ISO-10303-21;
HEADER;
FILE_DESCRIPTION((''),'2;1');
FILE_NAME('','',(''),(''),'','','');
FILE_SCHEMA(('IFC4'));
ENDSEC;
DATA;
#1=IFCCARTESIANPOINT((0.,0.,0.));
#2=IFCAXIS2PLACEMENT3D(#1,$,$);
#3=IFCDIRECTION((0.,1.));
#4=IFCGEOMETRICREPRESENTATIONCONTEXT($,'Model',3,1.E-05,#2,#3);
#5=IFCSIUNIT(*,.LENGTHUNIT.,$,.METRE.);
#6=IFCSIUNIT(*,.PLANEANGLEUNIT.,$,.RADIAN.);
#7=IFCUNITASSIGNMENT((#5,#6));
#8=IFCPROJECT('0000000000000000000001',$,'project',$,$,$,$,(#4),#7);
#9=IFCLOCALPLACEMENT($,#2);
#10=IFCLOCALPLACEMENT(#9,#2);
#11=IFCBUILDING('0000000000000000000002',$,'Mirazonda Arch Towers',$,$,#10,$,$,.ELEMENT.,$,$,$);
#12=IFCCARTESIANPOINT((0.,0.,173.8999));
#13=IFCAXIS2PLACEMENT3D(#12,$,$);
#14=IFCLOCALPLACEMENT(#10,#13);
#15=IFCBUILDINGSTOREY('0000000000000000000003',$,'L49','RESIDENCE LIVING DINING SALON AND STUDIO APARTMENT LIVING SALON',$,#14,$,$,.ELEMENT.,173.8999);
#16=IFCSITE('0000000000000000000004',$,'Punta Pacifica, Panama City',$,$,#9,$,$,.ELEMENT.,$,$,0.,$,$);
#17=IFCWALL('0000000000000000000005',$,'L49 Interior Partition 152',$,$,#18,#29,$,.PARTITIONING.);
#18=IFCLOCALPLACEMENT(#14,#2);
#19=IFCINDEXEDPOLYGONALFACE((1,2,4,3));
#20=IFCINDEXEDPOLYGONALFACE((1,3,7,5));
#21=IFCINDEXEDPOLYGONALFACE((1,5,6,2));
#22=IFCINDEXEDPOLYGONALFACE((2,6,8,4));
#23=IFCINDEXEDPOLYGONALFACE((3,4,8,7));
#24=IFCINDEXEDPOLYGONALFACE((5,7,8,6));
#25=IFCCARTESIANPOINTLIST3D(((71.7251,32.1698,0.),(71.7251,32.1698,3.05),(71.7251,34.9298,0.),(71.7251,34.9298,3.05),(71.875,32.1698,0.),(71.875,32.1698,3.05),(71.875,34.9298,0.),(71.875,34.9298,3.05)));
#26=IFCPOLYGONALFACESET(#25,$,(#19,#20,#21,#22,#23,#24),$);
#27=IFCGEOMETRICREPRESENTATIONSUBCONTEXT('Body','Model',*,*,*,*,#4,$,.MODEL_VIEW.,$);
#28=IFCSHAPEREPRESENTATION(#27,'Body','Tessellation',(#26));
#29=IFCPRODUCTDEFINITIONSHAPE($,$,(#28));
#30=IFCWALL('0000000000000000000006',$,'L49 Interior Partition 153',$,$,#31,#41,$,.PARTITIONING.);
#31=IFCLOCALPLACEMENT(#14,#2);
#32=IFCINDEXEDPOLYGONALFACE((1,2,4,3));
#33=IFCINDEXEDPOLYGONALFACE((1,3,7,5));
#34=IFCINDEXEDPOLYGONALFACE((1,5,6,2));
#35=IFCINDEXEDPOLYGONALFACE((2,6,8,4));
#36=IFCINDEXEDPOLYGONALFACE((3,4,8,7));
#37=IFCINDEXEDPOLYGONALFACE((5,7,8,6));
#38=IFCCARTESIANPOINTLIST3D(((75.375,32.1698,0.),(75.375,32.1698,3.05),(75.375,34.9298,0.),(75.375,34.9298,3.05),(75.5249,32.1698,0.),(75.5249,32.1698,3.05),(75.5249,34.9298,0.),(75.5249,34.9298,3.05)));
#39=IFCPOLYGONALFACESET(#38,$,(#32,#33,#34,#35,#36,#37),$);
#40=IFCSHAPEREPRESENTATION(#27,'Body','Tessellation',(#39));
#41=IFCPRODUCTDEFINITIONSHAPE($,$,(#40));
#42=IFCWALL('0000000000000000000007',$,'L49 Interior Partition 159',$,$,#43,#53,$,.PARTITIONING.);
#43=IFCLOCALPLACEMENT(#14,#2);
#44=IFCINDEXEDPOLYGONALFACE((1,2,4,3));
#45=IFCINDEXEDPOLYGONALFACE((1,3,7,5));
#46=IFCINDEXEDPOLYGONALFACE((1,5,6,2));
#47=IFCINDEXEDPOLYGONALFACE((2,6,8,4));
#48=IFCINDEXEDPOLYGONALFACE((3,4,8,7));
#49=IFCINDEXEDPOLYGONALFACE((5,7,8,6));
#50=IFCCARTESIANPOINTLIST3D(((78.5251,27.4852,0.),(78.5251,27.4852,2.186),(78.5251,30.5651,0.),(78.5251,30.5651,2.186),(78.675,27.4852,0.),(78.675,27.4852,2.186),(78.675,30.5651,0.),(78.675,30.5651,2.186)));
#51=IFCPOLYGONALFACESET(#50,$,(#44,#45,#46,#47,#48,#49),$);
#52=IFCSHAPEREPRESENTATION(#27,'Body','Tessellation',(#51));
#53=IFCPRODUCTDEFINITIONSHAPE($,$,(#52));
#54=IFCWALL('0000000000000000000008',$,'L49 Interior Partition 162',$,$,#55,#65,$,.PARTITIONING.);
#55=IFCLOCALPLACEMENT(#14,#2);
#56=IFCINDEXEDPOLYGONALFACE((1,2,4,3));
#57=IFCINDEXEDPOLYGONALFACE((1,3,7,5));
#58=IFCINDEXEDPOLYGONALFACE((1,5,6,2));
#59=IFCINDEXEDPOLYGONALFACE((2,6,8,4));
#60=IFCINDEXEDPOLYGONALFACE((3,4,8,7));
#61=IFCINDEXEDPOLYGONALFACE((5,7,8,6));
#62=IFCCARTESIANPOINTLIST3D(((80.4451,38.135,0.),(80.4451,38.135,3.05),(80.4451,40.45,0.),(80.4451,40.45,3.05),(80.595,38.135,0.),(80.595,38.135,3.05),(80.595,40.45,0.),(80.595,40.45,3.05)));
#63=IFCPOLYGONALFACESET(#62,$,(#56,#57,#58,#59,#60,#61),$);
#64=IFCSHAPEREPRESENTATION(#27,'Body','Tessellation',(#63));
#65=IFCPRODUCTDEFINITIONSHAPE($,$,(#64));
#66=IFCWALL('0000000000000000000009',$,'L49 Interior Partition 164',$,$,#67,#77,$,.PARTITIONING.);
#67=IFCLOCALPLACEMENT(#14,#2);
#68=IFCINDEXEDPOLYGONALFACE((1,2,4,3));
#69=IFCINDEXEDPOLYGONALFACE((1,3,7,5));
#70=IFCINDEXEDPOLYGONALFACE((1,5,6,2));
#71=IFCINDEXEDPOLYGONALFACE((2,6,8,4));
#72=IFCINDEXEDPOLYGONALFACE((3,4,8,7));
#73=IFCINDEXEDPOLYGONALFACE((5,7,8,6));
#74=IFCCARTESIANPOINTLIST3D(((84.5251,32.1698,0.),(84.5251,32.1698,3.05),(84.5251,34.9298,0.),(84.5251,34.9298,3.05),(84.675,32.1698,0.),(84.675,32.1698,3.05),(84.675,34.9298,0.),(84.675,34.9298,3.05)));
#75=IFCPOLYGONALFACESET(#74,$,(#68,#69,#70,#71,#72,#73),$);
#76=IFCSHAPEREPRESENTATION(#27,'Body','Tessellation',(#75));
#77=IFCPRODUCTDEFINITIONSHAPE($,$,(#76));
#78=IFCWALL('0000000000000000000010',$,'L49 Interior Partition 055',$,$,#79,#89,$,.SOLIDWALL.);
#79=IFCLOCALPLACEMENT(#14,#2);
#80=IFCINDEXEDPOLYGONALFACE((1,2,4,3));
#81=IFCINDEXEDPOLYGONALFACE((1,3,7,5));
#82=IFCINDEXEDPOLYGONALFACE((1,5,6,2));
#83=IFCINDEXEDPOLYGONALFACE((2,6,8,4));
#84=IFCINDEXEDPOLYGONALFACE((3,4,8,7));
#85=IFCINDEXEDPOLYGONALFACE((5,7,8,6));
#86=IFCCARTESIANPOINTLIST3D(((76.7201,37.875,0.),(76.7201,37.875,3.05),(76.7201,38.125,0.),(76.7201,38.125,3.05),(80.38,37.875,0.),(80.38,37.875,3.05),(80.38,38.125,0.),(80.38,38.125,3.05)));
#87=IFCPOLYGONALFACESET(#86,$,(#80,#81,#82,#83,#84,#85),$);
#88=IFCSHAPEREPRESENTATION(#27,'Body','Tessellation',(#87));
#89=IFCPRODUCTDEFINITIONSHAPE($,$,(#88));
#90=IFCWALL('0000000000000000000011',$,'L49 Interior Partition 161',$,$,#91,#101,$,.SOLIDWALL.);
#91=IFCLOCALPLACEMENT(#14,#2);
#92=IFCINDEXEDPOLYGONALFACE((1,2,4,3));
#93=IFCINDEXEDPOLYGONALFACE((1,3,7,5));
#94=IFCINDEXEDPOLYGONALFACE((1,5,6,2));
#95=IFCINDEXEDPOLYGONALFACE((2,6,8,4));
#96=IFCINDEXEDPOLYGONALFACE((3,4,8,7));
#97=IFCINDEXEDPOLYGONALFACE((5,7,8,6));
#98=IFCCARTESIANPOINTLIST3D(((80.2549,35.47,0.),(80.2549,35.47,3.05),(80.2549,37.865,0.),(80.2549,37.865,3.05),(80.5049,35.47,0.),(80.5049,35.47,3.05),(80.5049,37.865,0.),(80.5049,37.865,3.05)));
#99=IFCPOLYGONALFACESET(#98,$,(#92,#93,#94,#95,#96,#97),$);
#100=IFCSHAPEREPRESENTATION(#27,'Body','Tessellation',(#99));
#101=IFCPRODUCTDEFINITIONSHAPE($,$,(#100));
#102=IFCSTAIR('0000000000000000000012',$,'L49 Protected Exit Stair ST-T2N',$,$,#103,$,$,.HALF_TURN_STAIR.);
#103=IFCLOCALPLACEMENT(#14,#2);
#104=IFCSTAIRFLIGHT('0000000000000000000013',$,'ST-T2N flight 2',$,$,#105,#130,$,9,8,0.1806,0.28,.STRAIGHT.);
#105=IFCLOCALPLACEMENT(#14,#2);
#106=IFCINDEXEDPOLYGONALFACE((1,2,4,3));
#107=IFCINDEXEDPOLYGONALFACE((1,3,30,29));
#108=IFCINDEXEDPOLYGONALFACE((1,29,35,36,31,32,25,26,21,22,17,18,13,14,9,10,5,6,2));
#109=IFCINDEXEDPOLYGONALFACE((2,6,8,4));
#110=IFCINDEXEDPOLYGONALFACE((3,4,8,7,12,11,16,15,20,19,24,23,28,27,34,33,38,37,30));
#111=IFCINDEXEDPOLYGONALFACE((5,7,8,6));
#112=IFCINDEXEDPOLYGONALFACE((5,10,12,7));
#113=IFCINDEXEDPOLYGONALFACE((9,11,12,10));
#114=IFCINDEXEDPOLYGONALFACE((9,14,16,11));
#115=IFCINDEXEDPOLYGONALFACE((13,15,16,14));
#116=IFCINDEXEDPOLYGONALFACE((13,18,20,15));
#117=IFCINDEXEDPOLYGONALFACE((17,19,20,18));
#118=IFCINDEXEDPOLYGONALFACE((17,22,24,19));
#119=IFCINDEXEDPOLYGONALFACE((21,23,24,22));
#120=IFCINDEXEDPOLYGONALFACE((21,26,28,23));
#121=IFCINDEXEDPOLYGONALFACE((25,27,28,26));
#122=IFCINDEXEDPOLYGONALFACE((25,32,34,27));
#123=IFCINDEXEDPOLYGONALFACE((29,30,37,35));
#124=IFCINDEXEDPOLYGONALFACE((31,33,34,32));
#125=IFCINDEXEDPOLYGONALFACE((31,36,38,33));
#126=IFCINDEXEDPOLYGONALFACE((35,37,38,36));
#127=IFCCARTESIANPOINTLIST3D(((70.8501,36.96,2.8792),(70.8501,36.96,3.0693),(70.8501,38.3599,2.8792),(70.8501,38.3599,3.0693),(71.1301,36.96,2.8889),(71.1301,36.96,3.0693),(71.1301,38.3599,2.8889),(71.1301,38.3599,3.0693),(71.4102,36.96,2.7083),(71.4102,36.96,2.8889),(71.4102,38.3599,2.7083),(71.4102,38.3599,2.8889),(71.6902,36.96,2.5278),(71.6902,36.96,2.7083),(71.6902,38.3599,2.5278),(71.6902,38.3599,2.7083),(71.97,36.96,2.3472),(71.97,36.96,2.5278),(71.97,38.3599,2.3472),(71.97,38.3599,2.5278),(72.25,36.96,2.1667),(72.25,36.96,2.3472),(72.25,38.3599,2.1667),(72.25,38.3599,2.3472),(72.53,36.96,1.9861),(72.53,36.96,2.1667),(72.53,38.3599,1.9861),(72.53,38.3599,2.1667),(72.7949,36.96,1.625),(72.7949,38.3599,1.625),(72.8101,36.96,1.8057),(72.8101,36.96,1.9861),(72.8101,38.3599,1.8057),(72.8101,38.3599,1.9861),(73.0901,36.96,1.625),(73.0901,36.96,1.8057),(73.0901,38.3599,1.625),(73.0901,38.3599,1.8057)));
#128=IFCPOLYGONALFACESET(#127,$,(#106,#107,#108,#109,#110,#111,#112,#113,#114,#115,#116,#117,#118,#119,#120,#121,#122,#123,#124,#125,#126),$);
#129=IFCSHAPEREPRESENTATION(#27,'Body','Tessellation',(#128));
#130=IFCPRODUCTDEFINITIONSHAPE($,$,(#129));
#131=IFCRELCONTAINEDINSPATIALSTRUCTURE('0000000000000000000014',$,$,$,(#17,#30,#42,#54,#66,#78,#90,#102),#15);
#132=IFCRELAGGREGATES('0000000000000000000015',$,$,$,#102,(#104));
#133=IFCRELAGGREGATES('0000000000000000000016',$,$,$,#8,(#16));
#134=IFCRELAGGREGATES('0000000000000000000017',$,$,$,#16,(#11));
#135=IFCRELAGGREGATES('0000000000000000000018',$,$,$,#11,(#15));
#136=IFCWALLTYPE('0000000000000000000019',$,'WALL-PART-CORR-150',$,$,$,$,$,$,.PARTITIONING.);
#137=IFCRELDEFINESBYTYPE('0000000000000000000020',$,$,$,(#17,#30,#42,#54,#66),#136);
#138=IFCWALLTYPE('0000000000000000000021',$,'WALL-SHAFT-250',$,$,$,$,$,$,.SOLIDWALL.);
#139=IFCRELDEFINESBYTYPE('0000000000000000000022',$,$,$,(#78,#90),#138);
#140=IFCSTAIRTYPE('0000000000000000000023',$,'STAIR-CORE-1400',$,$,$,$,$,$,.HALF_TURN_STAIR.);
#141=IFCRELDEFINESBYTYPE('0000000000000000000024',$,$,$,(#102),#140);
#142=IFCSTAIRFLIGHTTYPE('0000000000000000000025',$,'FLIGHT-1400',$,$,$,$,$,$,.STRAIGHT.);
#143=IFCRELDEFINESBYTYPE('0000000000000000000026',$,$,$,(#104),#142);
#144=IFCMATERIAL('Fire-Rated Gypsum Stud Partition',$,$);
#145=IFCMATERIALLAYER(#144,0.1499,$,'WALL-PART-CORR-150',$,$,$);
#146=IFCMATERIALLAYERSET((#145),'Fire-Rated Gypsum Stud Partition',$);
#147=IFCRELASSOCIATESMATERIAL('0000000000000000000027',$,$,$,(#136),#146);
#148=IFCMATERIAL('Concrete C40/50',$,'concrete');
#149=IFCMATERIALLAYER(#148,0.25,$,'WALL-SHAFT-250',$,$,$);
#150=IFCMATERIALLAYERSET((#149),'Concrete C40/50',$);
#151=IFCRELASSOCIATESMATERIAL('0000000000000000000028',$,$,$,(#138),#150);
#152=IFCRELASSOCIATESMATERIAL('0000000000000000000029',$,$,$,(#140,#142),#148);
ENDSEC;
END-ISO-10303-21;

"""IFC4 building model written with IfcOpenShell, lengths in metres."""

from ifc_helpers import new_model, si_unit, direction, frame, frame_2d, origin, place, context, subcontext, project, spatial, polyline, rectangle, outline, extrude, material, layer, layer_set, type_object, element, aggregate, save


model = new_model("IFC4")

# Units and contexts
model_context = context("Model", 3, precision=1e-05, world=origin(), true_north=direction((0.0, 1.0)))
body_context = subcontext(model_context, "Body", "Model", "MODEL_VIEW")
ifc_project = project(units=[si_unit("LENGTHUNIT", "METRE"), si_unit("PLANEANGLEUNIT", "RADIAN")], contexts=[model_context])

# Site, building, storey
site_placement = place(None, origin())
site = spatial("IfcSite", under=ifc_project, at=site_placement, Name="Punta Pacifica, Panama City", CompositionType="ELEMENT", RefElevation=0.0)
building_placement = place(site_placement, origin())
building = spatial("IfcBuilding", under=site, at=building_placement, Name="Mirazonda Arch Towers", CompositionType="ELEMENT")
storey_placement = place(building_placement, frame((0.0, 0.0, 173.8999)))
storey = spatial("IfcBuildingStorey", under=building, at=storey_placement, Name="L49", Description="RESIDENCE LIVING DINING SALON AND STUDIO APARTMENT LIVING SALON", CompositionType="ELEMENT", Elevation=173.8999)

# Shared definitions
ifc_material_1 = material(Name="Concrete C40/50", Category="concrete")

# Shared definitions
ifc_material_2 = material(Name="Fire-Rated Gypsum Stud Partition")
ifc_layer_1 = layer(ifc_material_2, 0.1499, Name="WALL-PART-CORR-150")
ifc_layer_set_1 = layer_set([ifc_layer_1], Name="Fire-Rated Gypsum Stud Partition")
wall_type_1 = type_object("IfcWallType", Name="WALL-PART-CORR-150", PredefinedType="PARTITIONING", material=ifc_layer_set_1)

# Walls
for number, where, z_axis, x_axis, name in (
    (1, (71.8, 32.1699, 0.0), (0.0, 0.0, 1.0), (0.0, 1.0, 0.0), "L49 Interior Partition 152"),
    (2, (75.45, 32.1699, 0.0), (0.0, 0.0, 1.0), (0.0, 1.0, 0.0), "L49 Interior Partition 153"),
):
    element("IfcWall", number, at=place(storey_placement, frame(where, z_axis=z_axis, x_axis=x_axis)), inside=storey, type_object=wall_type_1, Name=name, PredefinedType="PARTITIONING", context=body_context, shape_type="SweptSolid", body=[
        extrude(rectangle(XDim=2.76, YDim=0.1499, at=frame_2d((1.3799, 0.0))), origin(), (0.0, 0.0, 1.0), 3.05),
    ])
wall_1_placement = place(storey_placement, frame((78.6001, 27.4851, 0.0), z_axis=(0.0, 0.0, 1.0), x_axis=(0.0, 1.0, 0.0)))
element("IfcWall", 3, at=wall_1_placement, inside=storey, type_object=wall_type_1, Name="L49 Interior Partition 159", PredefinedType="PARTITIONING", context=body_context, shape_type="SweptSolid", body=[
    extrude(rectangle(XDim=3.0798, YDim=0.1499, at=frame_2d((1.54, 0.0))), origin(), (0.0, 0.0, 1.0), 2.186),
])
wall_2_placement = place(storey_placement, frame((80.52, 38.135, 0.0), z_axis=(0.0, 0.0, 1.0), x_axis=(0.0, 1.0, 0.0)))
element("IfcWall", 4, at=wall_2_placement, inside=storey, type_object=wall_type_1, Name="L49 Interior Partition 162", PredefinedType="PARTITIONING", context=body_context, shape_type="SweptSolid", body=[
    extrude(rectangle(XDim=2.3149, YDim=0.1499, at=frame_2d((1.1575, 0.0))), origin(), (0.0, 0.0, 1.0), 3.05),
])
wall_3_placement = place(storey_placement, frame((84.6001, 32.1699, 0.0), z_axis=(0.0, 0.0, 1.0), x_axis=(0.0, 1.0, 0.0)))
element("IfcWall", 5, at=wall_3_placement, inside=storey, type_object=wall_type_1, Name="L49 Interior Partition 164", PredefinedType="PARTITIONING", context=body_context, shape_type="SweptSolid", body=[
    extrude(rectangle(XDim=2.76, YDim=0.1499, at=frame_2d((1.3799, 0.0))), origin(), (0.0, 0.0, 1.0), 3.05),
])
ifc_layer_2 = layer(ifc_material_1, 0.25, Name="WALL-SHAFT-250")
ifc_layer_set_2 = layer_set([ifc_layer_2], Name="Concrete C40/50")
wall_type_2 = type_object("IfcWallType", Name="WALL-SHAFT-250", PredefinedType="SOLIDWALL", material=ifc_layer_set_2)
wall_4_placement = place(storey_placement, frame((76.72, 38.0, 0.0), z_axis=(0.0, 0.0, 1.0), x_axis=(1.0, 0.0, 0.0)))
element("IfcWall", 6, at=wall_4_placement, inside=storey, type_object=wall_type_2, Name="L49 Interior Partition 055", PredefinedType="SOLIDWALL", context=body_context, shape_type="SweptSolid", body=[
    extrude(rectangle(XDim=3.6599, YDim=0.25, at=frame_2d((1.8301, 0.0))), origin(), (0.0, 0.0, 1.0), 3.05),
])
wall_5_placement = place(storey_placement, frame((80.3799, 35.47, 0.0), z_axis=(0.0, 0.0, 1.0), x_axis=(0.0, 1.0, 0.0)))
element("IfcWall", 7, at=wall_5_placement, inside=storey, type_object=wall_type_2, Name="L49 Interior Partition 161", PredefinedType="SOLIDWALL", context=body_context, shape_type="SweptSolid", body=[
    extrude(rectangle(XDim=2.395, YDim=0.25, at=frame_2d((1.1975, 0.0))), origin(), (0.0, 0.0, 1.0), 3.05),
])

# Stair, stair flight
stair_type = type_object("IfcStairType", Name="STAIR-CORE-1400", PredefinedType="HALF_TURN_STAIR", material=ifc_material_1)
stair_placement = place(storey_placement, origin())
stair = element("IfcStair", 8, at=stair_placement, inside=storey, type_object=stair_type, Name="L49 Protected Exit Stair ST-T2N", PredefinedType="HALF_TURN_STAIR")
stair_flight_type = type_object("IfcStairFlightType", Name="FLIGHT-1400", PredefinedType="STRAIGHT", material=ifc_material_1)
stair_flight_placement = place(storey_placement, frame((73.0901, 37.6599, 1.625), z_axis=(0.0, 0.0, 1.0), x_axis=(-1.0, 0.0, 0.0)))
stair_flight = element("IfcStairFlight", 9, at=stair_flight_placement, type_object=stair_flight_type, Name="ST-T2N flight 2", NumberOfRisers=9, NumberOfTreads=8, PredefinedType="STRAIGHT", RiserHeight=0.1806, TreadLength=0.28, context=body_context, shape_type="SweptSolid", body=[
    extrude(outline(polyline([(0.0, 0.0), (0.0, 0.1807), (0.28, 0.1807), (0.28, 0.3611), (0.5601, 0.3611), (0.5601, 0.5417), (0.8401, 0.5417), (0.8401, 0.7222), (1.1201, 0.7222), (1.1201, 0.9028), (1.3999, 0.9028), (1.3999, 1.0833), (1.6799, 1.0833), (1.6799, 1.2639), (1.96, 1.2639), (1.96, 1.4443), (2.24, 1.4443), (2.24, 1.625), (2.24, 1.2542), (0.2952, 0.0), (0.0, 0.0)])), frame((0.0, 0.7, 0.0), z_axis=(0.0, -1.0, 0.0), x_axis=(1.0, 0.0, 0.0)), (0.0, 0.0, 1.0), 1.3999),
])
aggregate(stair, [stair_flight])

save(model, "model.ifc")
